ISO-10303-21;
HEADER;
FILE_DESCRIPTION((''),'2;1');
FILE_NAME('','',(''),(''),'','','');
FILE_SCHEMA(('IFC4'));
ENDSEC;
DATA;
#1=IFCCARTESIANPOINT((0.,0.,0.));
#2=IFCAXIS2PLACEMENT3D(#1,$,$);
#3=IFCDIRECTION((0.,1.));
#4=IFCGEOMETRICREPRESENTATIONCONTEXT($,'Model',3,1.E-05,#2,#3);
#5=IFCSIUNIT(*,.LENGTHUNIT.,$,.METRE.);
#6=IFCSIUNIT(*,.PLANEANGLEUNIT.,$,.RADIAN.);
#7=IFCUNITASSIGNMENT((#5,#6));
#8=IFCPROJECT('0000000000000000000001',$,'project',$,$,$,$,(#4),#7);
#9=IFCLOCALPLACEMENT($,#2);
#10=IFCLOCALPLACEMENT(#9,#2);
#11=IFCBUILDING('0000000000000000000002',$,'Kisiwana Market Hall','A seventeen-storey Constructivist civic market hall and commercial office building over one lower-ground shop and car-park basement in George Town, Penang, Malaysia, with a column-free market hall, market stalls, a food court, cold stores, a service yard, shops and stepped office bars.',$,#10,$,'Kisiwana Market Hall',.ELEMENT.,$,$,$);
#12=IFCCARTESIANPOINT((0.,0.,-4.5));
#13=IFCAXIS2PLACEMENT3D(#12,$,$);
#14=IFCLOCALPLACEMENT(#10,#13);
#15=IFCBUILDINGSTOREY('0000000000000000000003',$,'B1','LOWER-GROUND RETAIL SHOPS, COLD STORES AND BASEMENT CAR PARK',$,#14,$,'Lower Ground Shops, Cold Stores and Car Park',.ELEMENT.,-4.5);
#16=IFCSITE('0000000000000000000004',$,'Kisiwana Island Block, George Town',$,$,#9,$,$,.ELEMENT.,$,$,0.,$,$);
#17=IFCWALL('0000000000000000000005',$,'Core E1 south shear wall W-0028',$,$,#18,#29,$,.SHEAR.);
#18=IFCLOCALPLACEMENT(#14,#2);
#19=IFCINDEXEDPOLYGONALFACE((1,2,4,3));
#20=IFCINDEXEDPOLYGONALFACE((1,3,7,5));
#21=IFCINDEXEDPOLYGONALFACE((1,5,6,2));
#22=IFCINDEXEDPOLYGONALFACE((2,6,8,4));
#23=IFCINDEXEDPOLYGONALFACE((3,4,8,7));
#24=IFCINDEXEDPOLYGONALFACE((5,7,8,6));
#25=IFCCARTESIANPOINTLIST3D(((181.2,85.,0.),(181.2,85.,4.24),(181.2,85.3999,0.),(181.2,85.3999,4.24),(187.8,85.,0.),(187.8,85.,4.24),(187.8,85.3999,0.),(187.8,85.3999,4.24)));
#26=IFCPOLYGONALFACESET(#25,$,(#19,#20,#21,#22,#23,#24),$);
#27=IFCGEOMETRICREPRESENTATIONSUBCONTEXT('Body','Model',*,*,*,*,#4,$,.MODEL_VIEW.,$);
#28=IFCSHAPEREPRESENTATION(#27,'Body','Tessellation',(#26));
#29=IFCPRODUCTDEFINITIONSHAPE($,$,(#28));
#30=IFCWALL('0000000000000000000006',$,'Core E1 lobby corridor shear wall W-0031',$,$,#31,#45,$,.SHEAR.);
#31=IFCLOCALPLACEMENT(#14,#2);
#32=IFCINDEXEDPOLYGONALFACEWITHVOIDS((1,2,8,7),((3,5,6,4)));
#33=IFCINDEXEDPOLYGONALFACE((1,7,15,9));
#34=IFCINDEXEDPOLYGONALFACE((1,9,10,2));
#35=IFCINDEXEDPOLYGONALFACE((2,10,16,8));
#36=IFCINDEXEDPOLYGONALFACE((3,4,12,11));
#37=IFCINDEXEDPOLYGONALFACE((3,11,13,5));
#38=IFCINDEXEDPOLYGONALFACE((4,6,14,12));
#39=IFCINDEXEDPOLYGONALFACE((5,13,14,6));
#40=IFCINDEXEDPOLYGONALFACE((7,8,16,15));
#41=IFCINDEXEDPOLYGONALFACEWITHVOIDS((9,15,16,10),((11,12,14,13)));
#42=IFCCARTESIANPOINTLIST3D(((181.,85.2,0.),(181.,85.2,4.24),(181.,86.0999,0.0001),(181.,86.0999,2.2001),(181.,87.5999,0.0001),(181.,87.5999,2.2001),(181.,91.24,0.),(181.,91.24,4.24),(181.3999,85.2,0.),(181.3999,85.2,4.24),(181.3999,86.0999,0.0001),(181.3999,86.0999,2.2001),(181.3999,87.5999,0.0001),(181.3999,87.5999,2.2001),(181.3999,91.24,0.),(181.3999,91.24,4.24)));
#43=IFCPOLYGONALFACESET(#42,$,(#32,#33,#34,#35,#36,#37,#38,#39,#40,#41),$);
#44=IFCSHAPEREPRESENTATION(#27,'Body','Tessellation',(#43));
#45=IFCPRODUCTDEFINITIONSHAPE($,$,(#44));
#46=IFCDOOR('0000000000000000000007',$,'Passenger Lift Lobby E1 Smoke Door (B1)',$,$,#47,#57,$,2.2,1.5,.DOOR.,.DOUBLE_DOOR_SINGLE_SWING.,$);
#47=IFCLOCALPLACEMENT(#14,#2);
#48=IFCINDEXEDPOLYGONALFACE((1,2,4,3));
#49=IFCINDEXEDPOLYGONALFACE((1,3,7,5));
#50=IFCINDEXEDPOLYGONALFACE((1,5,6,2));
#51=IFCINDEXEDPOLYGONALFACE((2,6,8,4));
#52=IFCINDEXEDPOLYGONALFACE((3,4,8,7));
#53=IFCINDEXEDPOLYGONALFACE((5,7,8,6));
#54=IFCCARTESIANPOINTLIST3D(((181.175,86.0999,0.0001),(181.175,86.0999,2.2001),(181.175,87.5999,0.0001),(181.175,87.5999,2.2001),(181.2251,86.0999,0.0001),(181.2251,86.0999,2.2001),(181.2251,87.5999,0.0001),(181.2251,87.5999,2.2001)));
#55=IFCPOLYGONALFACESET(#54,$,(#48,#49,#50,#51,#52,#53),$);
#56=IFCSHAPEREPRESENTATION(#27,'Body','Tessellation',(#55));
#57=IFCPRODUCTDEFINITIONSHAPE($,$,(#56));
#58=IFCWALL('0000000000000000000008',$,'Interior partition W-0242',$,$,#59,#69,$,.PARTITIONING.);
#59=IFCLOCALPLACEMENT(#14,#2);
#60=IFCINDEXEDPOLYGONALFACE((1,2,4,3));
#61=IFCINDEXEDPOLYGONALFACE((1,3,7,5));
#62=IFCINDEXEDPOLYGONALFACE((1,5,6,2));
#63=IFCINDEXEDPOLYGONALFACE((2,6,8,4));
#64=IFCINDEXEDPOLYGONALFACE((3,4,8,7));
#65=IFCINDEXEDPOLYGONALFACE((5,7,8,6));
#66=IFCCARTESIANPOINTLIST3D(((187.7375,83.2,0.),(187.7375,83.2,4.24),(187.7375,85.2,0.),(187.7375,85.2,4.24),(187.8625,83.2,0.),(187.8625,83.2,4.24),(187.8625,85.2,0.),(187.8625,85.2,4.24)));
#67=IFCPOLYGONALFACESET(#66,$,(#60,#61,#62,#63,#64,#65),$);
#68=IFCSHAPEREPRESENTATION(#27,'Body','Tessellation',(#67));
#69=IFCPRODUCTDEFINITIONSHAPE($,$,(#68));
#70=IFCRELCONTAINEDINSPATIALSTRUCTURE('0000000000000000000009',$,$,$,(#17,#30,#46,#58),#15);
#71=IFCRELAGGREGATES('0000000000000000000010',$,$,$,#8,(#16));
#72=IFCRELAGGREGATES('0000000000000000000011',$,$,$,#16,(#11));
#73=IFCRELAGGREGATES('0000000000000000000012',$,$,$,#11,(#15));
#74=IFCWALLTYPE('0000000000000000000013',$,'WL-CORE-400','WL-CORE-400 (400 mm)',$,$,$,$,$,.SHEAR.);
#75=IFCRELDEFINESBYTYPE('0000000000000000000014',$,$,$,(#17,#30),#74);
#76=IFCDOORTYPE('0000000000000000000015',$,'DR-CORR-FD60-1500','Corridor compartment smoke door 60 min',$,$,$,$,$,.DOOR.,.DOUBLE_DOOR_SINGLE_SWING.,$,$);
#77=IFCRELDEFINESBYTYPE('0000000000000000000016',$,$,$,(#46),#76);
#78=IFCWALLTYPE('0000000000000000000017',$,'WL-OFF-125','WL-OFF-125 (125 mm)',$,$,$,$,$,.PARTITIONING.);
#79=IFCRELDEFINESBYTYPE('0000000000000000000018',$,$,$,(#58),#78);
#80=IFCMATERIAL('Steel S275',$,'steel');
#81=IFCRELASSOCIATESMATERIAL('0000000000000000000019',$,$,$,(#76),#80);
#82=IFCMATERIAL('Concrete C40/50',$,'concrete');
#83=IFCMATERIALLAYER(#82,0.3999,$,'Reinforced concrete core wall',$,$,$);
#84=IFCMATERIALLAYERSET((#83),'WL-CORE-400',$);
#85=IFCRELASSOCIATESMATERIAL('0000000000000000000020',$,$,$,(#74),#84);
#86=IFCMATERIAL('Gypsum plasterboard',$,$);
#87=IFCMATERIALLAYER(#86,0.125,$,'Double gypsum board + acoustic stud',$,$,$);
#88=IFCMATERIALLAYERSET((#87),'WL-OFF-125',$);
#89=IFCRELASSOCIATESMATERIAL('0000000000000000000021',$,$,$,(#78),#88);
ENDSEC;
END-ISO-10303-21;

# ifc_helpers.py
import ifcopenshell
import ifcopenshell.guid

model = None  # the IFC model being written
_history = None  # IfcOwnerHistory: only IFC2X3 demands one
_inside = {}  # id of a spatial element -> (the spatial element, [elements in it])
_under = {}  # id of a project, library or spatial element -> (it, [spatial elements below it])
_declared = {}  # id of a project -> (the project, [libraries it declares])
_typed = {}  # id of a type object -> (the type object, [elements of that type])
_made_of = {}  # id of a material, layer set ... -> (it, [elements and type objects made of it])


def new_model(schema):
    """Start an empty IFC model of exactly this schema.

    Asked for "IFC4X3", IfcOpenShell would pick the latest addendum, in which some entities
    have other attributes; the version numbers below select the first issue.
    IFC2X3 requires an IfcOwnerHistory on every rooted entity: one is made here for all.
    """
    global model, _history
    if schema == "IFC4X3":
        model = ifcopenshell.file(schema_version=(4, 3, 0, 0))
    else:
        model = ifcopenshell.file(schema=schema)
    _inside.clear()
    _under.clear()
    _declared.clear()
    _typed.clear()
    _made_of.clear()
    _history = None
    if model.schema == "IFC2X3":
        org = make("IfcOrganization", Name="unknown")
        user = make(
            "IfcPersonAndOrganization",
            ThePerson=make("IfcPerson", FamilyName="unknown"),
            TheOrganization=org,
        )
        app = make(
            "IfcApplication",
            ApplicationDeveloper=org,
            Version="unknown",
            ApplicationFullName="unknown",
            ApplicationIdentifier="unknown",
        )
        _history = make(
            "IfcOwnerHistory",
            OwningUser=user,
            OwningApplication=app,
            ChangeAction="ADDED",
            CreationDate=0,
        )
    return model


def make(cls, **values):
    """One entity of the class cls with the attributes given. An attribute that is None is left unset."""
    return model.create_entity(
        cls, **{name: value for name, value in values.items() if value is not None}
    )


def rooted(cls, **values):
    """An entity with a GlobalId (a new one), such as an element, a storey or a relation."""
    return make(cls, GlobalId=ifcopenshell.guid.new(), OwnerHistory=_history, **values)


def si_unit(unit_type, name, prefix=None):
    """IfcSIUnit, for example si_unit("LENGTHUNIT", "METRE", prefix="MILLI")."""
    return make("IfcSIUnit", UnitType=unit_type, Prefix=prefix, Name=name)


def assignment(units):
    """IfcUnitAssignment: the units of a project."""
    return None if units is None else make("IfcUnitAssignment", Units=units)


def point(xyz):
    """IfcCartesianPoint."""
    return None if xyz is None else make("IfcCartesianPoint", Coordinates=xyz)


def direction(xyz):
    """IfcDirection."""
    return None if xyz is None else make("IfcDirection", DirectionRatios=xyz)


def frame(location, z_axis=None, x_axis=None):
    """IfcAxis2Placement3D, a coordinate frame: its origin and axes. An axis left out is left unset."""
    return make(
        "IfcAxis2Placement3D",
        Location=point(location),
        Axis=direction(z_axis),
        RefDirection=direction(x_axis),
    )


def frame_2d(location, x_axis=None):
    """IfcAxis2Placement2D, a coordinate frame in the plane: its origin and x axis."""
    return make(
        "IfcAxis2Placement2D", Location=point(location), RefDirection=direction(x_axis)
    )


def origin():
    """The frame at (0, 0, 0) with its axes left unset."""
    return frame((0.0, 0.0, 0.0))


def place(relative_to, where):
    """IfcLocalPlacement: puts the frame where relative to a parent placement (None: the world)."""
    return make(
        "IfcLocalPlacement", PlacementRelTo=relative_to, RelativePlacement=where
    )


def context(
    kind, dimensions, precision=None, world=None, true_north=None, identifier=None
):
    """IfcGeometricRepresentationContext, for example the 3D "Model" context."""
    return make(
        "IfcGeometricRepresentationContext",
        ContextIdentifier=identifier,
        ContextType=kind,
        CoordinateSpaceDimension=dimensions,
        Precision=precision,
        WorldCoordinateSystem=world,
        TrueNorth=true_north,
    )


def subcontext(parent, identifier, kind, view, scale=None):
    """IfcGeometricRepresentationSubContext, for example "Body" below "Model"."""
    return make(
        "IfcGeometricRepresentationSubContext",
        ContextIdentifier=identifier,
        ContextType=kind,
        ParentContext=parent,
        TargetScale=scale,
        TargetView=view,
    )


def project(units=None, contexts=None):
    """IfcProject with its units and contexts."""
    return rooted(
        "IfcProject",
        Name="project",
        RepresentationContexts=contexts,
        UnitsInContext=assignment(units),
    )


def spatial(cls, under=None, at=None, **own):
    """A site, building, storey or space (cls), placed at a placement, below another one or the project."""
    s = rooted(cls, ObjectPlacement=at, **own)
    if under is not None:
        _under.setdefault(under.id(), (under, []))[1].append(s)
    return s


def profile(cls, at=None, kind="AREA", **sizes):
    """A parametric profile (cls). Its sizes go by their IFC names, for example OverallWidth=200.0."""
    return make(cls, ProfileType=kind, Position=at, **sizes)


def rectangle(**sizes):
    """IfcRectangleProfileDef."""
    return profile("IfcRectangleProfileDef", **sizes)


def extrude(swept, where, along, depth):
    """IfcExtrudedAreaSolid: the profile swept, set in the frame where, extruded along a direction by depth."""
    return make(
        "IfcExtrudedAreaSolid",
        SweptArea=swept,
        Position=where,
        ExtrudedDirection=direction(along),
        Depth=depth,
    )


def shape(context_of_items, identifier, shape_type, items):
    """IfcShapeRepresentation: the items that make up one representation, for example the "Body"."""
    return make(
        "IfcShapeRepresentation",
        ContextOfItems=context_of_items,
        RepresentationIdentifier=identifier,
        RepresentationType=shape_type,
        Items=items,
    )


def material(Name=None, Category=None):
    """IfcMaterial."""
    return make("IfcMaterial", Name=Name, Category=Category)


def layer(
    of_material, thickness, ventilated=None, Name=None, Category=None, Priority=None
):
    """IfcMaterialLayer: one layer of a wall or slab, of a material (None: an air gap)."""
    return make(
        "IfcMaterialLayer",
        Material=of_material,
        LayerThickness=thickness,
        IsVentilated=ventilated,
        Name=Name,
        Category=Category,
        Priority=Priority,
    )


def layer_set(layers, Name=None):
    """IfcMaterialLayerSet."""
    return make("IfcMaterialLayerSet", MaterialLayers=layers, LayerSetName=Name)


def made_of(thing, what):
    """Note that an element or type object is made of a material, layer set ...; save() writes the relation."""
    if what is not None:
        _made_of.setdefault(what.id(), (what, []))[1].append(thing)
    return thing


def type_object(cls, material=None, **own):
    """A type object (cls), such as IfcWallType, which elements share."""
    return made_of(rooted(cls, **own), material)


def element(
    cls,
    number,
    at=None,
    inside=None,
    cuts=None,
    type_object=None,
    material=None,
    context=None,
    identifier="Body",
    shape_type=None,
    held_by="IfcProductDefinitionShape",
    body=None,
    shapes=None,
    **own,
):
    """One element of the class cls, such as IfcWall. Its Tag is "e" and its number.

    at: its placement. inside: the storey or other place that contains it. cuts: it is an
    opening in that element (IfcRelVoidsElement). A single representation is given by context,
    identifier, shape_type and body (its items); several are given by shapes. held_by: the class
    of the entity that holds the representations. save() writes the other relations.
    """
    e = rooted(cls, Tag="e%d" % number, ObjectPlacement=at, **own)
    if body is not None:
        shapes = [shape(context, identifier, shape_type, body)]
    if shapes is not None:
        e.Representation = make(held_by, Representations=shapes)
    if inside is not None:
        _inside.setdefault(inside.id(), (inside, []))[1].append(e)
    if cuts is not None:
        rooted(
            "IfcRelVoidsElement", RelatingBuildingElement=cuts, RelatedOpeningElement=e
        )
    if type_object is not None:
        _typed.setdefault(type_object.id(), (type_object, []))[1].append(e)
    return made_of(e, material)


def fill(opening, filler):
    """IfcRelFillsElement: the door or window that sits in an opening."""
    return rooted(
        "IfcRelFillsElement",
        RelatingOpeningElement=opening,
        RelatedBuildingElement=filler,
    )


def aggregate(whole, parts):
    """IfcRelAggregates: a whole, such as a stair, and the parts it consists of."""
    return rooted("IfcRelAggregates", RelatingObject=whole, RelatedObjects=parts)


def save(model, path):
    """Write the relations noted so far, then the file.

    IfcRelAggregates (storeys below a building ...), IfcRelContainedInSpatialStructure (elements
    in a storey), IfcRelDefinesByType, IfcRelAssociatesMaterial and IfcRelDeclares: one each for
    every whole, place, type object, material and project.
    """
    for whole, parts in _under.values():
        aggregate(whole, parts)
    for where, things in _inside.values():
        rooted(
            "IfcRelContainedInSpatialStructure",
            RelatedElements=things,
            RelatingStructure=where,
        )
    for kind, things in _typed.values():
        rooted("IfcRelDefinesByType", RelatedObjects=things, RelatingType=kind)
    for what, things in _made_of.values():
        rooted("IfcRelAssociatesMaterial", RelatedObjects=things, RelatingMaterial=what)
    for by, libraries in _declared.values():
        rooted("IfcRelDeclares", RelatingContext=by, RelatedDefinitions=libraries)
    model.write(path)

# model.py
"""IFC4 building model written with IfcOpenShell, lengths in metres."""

from ifc_helpers import new_model, si_unit, direction, frame, frame_2d, origin, place, context, subcontext, project, spatial, rectangle, extrude, material, layer, layer_set, type_object, element, fill, save


model = new_model("IFC4")

# Units and contexts
model_context = context("Model", 3, precision=1e-05, world=origin(), true_north=direction((0.0, 1.0)))
body_context = subcontext(model_context, "Body", "Model", "MODEL_VIEW")
ifc_project = project(units=[si_unit("LENGTHUNIT", "METRE"), si_unit("PLANEANGLEUNIT", "RADIAN")], contexts=[model_context])

# Site, building, storey
site_placement = place(None, origin())
site = spatial("IfcSite", under=ifc_project, at=site_placement, Name="Kisiwana Island Block, George Town", CompositionType="ELEMENT", RefElevation=0.0)
building_placement = place(site_placement, origin())
building = spatial("IfcBuilding", under=site, at=building_placement, Name="Kisiwana Market Hall", Description="A seventeen-storey Constructivist civic market hall and commercial office building over one lower-ground shop and car-park basement in George Town, Penang, Malaysia, with a column-free market hall, market stalls, a food court, cold stores, a service yard, shops and stepped office bars.", LongName="Kisiwana Market Hall", CompositionType="ELEMENT")
storey_placement = place(building_placement, frame((0.0, 0.0, -4.5)))
storey = spatial("IfcBuildingStorey", under=building, at=storey_placement, Name="B1", Description="LOWER-GROUND RETAIL SHOPS, COLD STORES AND BASEMENT CAR PARK", LongName="Lower Ground Shops, Cold Stores and Car Park", CompositionType="ELEMENT", Elevation=-4.5)

# Shared definitions
ifc_material_1 = material(Name="Steel S275", Category="steel")
door_type_1 = type_object("IfcDoorType", Name="DR-CORR-FD60-1500", Description="Corridor compartment smoke door 60 min", OperationType="DOUBLE_DOOR_SINGLE_SWING", PredefinedType="DOOR", material=ifc_material_1)

# Wall
ifc_material_2 = material(Name="Concrete C40/50", Category="concrete")
ifc_layer_1 = layer(ifc_material_2, 0.3999, Name="Reinforced concrete core wall")
ifc_layer_set_1 = layer_set([ifc_layer_1], Name="WL-CORE-400")
wall_type_1 = type_object("IfcWallType", Name="WL-CORE-400", Description="WL-CORE-400 (400 mm)", PredefinedType="SHEAR", material=ifc_layer_set_1)
wall_1_placement = place(storey_placement, frame((181.2, 85.2, 0.0), z_axis=(0.0, 0.0, 1.0), x_axis=(1.0, 0.0, 0.0)))
element("IfcWall", 1, at=wall_1_placement, inside=storey, type_object=wall_type_1, Name="Core E1 south shear wall W-0028", PredefinedType="SHEAR", context=body_context, shape_type="SweptSolid", body=[
    extrude(rectangle(XDim=6.6001, YDim=0.3999, at=frame_2d((3.3, 0.0))), origin(), (0.0, 0.0, 1.0), 4.24),
])

# Wall, opening, door
wall_2_placement = place(storey_placement, frame((181.2, 85.2, 0.0), z_axis=(0.0, 0.0, 1.0), x_axis=(0.0, 1.0, 0.0)))
wall_2 = element("IfcWall", 2, at=wall_2_placement, inside=storey, type_object=wall_type_1, Name="Core E1 lobby corridor shear wall W-0031", PredefinedType="SHEAR", context=body_context, shape_type="SweptSolid", body=[
    extrude(rectangle(XDim=6.04, YDim=0.3999, at=frame_2d((3.02, 0.0))), origin(), (0.0, 0.0, 1.0), 4.24),
])
opening_1_placement = place(wall_2_placement, frame((0.8999, 0.0, 0.0)))
opening_1 = element("IfcOpeningElement", 3, at=opening_1_placement, cuts=wall_2, PredefinedType="OPENING", context=body_context, shape_type="SweptSolid", body=[
    extrude(rectangle(XDim=1.5, YDim=2.2, at=frame_2d((0.75, 1.1001))), frame((0.0, 0.2119, 0.0), z_axis=(0.0, -1.0, 0.0), x_axis=(1.0, 0.0, 0.0)), (0.0, 0.0, 1.0), 0.4238),
])
door_1_placement = place(opening_1_placement, origin())
door_1 = element("IfcDoor", 4, at=door_1_placement, inside=storey, type_object=door_type_1, Name="Passenger Lift Lobby E1 Smoke Door (B1)", OperationType="DOUBLE_DOOR_SINGLE_SWING", OverallHeight=2.2, OverallWidth=1.5, PredefinedType="DOOR", context=body_context, shape_type="SweptSolid", body=[
    extrude(rectangle(XDim=1.5, YDim=2.2, at=frame_2d((0.75, 1.1001))), frame((0.0, 0.0249, 0.0), z_axis=(0.0, -1.0, 0.0), x_axis=(1.0, 0.0, 0.0)), (0.0, 0.0, 1.0), 0.05),
])
fill(opening_1, door_1)

# Wall
ifc_material_3 = material(Name="Gypsum plasterboard")
ifc_layer_2 = layer(ifc_material_3, 0.125, Name="Double gypsum board + acoustic stud")
ifc_layer_set_2 = layer_set([ifc_layer_2], Name="WL-OFF-125")
wall_type_2 = type_object("IfcWallType", Name="WL-OFF-125", Description="WL-OFF-125 (125 mm)", PredefinedType="PARTITIONING", material=ifc_layer_set_2)
wall_3_placement = place(storey_placement, frame((187.8, 83.2, 0.0), z_axis=(0.0, 0.0, 1.0), x_axis=(0.0, 1.0, 0.0)))
element("IfcWall", 5, at=wall_3_placement, inside=storey, type_object=wall_type_2, Name="Interior partition W-0242", PredefinedType="PARTITIONING", context=body_context, shape_type="SweptSolid", body=[
    extrude(rectangle(XDim=2.0, YDim=0.125, at=frame_2d((1.0, 0.0))), origin(), (0.0, 0.0, 1.0), 4.24),
])

save(model, "model.ifc")
